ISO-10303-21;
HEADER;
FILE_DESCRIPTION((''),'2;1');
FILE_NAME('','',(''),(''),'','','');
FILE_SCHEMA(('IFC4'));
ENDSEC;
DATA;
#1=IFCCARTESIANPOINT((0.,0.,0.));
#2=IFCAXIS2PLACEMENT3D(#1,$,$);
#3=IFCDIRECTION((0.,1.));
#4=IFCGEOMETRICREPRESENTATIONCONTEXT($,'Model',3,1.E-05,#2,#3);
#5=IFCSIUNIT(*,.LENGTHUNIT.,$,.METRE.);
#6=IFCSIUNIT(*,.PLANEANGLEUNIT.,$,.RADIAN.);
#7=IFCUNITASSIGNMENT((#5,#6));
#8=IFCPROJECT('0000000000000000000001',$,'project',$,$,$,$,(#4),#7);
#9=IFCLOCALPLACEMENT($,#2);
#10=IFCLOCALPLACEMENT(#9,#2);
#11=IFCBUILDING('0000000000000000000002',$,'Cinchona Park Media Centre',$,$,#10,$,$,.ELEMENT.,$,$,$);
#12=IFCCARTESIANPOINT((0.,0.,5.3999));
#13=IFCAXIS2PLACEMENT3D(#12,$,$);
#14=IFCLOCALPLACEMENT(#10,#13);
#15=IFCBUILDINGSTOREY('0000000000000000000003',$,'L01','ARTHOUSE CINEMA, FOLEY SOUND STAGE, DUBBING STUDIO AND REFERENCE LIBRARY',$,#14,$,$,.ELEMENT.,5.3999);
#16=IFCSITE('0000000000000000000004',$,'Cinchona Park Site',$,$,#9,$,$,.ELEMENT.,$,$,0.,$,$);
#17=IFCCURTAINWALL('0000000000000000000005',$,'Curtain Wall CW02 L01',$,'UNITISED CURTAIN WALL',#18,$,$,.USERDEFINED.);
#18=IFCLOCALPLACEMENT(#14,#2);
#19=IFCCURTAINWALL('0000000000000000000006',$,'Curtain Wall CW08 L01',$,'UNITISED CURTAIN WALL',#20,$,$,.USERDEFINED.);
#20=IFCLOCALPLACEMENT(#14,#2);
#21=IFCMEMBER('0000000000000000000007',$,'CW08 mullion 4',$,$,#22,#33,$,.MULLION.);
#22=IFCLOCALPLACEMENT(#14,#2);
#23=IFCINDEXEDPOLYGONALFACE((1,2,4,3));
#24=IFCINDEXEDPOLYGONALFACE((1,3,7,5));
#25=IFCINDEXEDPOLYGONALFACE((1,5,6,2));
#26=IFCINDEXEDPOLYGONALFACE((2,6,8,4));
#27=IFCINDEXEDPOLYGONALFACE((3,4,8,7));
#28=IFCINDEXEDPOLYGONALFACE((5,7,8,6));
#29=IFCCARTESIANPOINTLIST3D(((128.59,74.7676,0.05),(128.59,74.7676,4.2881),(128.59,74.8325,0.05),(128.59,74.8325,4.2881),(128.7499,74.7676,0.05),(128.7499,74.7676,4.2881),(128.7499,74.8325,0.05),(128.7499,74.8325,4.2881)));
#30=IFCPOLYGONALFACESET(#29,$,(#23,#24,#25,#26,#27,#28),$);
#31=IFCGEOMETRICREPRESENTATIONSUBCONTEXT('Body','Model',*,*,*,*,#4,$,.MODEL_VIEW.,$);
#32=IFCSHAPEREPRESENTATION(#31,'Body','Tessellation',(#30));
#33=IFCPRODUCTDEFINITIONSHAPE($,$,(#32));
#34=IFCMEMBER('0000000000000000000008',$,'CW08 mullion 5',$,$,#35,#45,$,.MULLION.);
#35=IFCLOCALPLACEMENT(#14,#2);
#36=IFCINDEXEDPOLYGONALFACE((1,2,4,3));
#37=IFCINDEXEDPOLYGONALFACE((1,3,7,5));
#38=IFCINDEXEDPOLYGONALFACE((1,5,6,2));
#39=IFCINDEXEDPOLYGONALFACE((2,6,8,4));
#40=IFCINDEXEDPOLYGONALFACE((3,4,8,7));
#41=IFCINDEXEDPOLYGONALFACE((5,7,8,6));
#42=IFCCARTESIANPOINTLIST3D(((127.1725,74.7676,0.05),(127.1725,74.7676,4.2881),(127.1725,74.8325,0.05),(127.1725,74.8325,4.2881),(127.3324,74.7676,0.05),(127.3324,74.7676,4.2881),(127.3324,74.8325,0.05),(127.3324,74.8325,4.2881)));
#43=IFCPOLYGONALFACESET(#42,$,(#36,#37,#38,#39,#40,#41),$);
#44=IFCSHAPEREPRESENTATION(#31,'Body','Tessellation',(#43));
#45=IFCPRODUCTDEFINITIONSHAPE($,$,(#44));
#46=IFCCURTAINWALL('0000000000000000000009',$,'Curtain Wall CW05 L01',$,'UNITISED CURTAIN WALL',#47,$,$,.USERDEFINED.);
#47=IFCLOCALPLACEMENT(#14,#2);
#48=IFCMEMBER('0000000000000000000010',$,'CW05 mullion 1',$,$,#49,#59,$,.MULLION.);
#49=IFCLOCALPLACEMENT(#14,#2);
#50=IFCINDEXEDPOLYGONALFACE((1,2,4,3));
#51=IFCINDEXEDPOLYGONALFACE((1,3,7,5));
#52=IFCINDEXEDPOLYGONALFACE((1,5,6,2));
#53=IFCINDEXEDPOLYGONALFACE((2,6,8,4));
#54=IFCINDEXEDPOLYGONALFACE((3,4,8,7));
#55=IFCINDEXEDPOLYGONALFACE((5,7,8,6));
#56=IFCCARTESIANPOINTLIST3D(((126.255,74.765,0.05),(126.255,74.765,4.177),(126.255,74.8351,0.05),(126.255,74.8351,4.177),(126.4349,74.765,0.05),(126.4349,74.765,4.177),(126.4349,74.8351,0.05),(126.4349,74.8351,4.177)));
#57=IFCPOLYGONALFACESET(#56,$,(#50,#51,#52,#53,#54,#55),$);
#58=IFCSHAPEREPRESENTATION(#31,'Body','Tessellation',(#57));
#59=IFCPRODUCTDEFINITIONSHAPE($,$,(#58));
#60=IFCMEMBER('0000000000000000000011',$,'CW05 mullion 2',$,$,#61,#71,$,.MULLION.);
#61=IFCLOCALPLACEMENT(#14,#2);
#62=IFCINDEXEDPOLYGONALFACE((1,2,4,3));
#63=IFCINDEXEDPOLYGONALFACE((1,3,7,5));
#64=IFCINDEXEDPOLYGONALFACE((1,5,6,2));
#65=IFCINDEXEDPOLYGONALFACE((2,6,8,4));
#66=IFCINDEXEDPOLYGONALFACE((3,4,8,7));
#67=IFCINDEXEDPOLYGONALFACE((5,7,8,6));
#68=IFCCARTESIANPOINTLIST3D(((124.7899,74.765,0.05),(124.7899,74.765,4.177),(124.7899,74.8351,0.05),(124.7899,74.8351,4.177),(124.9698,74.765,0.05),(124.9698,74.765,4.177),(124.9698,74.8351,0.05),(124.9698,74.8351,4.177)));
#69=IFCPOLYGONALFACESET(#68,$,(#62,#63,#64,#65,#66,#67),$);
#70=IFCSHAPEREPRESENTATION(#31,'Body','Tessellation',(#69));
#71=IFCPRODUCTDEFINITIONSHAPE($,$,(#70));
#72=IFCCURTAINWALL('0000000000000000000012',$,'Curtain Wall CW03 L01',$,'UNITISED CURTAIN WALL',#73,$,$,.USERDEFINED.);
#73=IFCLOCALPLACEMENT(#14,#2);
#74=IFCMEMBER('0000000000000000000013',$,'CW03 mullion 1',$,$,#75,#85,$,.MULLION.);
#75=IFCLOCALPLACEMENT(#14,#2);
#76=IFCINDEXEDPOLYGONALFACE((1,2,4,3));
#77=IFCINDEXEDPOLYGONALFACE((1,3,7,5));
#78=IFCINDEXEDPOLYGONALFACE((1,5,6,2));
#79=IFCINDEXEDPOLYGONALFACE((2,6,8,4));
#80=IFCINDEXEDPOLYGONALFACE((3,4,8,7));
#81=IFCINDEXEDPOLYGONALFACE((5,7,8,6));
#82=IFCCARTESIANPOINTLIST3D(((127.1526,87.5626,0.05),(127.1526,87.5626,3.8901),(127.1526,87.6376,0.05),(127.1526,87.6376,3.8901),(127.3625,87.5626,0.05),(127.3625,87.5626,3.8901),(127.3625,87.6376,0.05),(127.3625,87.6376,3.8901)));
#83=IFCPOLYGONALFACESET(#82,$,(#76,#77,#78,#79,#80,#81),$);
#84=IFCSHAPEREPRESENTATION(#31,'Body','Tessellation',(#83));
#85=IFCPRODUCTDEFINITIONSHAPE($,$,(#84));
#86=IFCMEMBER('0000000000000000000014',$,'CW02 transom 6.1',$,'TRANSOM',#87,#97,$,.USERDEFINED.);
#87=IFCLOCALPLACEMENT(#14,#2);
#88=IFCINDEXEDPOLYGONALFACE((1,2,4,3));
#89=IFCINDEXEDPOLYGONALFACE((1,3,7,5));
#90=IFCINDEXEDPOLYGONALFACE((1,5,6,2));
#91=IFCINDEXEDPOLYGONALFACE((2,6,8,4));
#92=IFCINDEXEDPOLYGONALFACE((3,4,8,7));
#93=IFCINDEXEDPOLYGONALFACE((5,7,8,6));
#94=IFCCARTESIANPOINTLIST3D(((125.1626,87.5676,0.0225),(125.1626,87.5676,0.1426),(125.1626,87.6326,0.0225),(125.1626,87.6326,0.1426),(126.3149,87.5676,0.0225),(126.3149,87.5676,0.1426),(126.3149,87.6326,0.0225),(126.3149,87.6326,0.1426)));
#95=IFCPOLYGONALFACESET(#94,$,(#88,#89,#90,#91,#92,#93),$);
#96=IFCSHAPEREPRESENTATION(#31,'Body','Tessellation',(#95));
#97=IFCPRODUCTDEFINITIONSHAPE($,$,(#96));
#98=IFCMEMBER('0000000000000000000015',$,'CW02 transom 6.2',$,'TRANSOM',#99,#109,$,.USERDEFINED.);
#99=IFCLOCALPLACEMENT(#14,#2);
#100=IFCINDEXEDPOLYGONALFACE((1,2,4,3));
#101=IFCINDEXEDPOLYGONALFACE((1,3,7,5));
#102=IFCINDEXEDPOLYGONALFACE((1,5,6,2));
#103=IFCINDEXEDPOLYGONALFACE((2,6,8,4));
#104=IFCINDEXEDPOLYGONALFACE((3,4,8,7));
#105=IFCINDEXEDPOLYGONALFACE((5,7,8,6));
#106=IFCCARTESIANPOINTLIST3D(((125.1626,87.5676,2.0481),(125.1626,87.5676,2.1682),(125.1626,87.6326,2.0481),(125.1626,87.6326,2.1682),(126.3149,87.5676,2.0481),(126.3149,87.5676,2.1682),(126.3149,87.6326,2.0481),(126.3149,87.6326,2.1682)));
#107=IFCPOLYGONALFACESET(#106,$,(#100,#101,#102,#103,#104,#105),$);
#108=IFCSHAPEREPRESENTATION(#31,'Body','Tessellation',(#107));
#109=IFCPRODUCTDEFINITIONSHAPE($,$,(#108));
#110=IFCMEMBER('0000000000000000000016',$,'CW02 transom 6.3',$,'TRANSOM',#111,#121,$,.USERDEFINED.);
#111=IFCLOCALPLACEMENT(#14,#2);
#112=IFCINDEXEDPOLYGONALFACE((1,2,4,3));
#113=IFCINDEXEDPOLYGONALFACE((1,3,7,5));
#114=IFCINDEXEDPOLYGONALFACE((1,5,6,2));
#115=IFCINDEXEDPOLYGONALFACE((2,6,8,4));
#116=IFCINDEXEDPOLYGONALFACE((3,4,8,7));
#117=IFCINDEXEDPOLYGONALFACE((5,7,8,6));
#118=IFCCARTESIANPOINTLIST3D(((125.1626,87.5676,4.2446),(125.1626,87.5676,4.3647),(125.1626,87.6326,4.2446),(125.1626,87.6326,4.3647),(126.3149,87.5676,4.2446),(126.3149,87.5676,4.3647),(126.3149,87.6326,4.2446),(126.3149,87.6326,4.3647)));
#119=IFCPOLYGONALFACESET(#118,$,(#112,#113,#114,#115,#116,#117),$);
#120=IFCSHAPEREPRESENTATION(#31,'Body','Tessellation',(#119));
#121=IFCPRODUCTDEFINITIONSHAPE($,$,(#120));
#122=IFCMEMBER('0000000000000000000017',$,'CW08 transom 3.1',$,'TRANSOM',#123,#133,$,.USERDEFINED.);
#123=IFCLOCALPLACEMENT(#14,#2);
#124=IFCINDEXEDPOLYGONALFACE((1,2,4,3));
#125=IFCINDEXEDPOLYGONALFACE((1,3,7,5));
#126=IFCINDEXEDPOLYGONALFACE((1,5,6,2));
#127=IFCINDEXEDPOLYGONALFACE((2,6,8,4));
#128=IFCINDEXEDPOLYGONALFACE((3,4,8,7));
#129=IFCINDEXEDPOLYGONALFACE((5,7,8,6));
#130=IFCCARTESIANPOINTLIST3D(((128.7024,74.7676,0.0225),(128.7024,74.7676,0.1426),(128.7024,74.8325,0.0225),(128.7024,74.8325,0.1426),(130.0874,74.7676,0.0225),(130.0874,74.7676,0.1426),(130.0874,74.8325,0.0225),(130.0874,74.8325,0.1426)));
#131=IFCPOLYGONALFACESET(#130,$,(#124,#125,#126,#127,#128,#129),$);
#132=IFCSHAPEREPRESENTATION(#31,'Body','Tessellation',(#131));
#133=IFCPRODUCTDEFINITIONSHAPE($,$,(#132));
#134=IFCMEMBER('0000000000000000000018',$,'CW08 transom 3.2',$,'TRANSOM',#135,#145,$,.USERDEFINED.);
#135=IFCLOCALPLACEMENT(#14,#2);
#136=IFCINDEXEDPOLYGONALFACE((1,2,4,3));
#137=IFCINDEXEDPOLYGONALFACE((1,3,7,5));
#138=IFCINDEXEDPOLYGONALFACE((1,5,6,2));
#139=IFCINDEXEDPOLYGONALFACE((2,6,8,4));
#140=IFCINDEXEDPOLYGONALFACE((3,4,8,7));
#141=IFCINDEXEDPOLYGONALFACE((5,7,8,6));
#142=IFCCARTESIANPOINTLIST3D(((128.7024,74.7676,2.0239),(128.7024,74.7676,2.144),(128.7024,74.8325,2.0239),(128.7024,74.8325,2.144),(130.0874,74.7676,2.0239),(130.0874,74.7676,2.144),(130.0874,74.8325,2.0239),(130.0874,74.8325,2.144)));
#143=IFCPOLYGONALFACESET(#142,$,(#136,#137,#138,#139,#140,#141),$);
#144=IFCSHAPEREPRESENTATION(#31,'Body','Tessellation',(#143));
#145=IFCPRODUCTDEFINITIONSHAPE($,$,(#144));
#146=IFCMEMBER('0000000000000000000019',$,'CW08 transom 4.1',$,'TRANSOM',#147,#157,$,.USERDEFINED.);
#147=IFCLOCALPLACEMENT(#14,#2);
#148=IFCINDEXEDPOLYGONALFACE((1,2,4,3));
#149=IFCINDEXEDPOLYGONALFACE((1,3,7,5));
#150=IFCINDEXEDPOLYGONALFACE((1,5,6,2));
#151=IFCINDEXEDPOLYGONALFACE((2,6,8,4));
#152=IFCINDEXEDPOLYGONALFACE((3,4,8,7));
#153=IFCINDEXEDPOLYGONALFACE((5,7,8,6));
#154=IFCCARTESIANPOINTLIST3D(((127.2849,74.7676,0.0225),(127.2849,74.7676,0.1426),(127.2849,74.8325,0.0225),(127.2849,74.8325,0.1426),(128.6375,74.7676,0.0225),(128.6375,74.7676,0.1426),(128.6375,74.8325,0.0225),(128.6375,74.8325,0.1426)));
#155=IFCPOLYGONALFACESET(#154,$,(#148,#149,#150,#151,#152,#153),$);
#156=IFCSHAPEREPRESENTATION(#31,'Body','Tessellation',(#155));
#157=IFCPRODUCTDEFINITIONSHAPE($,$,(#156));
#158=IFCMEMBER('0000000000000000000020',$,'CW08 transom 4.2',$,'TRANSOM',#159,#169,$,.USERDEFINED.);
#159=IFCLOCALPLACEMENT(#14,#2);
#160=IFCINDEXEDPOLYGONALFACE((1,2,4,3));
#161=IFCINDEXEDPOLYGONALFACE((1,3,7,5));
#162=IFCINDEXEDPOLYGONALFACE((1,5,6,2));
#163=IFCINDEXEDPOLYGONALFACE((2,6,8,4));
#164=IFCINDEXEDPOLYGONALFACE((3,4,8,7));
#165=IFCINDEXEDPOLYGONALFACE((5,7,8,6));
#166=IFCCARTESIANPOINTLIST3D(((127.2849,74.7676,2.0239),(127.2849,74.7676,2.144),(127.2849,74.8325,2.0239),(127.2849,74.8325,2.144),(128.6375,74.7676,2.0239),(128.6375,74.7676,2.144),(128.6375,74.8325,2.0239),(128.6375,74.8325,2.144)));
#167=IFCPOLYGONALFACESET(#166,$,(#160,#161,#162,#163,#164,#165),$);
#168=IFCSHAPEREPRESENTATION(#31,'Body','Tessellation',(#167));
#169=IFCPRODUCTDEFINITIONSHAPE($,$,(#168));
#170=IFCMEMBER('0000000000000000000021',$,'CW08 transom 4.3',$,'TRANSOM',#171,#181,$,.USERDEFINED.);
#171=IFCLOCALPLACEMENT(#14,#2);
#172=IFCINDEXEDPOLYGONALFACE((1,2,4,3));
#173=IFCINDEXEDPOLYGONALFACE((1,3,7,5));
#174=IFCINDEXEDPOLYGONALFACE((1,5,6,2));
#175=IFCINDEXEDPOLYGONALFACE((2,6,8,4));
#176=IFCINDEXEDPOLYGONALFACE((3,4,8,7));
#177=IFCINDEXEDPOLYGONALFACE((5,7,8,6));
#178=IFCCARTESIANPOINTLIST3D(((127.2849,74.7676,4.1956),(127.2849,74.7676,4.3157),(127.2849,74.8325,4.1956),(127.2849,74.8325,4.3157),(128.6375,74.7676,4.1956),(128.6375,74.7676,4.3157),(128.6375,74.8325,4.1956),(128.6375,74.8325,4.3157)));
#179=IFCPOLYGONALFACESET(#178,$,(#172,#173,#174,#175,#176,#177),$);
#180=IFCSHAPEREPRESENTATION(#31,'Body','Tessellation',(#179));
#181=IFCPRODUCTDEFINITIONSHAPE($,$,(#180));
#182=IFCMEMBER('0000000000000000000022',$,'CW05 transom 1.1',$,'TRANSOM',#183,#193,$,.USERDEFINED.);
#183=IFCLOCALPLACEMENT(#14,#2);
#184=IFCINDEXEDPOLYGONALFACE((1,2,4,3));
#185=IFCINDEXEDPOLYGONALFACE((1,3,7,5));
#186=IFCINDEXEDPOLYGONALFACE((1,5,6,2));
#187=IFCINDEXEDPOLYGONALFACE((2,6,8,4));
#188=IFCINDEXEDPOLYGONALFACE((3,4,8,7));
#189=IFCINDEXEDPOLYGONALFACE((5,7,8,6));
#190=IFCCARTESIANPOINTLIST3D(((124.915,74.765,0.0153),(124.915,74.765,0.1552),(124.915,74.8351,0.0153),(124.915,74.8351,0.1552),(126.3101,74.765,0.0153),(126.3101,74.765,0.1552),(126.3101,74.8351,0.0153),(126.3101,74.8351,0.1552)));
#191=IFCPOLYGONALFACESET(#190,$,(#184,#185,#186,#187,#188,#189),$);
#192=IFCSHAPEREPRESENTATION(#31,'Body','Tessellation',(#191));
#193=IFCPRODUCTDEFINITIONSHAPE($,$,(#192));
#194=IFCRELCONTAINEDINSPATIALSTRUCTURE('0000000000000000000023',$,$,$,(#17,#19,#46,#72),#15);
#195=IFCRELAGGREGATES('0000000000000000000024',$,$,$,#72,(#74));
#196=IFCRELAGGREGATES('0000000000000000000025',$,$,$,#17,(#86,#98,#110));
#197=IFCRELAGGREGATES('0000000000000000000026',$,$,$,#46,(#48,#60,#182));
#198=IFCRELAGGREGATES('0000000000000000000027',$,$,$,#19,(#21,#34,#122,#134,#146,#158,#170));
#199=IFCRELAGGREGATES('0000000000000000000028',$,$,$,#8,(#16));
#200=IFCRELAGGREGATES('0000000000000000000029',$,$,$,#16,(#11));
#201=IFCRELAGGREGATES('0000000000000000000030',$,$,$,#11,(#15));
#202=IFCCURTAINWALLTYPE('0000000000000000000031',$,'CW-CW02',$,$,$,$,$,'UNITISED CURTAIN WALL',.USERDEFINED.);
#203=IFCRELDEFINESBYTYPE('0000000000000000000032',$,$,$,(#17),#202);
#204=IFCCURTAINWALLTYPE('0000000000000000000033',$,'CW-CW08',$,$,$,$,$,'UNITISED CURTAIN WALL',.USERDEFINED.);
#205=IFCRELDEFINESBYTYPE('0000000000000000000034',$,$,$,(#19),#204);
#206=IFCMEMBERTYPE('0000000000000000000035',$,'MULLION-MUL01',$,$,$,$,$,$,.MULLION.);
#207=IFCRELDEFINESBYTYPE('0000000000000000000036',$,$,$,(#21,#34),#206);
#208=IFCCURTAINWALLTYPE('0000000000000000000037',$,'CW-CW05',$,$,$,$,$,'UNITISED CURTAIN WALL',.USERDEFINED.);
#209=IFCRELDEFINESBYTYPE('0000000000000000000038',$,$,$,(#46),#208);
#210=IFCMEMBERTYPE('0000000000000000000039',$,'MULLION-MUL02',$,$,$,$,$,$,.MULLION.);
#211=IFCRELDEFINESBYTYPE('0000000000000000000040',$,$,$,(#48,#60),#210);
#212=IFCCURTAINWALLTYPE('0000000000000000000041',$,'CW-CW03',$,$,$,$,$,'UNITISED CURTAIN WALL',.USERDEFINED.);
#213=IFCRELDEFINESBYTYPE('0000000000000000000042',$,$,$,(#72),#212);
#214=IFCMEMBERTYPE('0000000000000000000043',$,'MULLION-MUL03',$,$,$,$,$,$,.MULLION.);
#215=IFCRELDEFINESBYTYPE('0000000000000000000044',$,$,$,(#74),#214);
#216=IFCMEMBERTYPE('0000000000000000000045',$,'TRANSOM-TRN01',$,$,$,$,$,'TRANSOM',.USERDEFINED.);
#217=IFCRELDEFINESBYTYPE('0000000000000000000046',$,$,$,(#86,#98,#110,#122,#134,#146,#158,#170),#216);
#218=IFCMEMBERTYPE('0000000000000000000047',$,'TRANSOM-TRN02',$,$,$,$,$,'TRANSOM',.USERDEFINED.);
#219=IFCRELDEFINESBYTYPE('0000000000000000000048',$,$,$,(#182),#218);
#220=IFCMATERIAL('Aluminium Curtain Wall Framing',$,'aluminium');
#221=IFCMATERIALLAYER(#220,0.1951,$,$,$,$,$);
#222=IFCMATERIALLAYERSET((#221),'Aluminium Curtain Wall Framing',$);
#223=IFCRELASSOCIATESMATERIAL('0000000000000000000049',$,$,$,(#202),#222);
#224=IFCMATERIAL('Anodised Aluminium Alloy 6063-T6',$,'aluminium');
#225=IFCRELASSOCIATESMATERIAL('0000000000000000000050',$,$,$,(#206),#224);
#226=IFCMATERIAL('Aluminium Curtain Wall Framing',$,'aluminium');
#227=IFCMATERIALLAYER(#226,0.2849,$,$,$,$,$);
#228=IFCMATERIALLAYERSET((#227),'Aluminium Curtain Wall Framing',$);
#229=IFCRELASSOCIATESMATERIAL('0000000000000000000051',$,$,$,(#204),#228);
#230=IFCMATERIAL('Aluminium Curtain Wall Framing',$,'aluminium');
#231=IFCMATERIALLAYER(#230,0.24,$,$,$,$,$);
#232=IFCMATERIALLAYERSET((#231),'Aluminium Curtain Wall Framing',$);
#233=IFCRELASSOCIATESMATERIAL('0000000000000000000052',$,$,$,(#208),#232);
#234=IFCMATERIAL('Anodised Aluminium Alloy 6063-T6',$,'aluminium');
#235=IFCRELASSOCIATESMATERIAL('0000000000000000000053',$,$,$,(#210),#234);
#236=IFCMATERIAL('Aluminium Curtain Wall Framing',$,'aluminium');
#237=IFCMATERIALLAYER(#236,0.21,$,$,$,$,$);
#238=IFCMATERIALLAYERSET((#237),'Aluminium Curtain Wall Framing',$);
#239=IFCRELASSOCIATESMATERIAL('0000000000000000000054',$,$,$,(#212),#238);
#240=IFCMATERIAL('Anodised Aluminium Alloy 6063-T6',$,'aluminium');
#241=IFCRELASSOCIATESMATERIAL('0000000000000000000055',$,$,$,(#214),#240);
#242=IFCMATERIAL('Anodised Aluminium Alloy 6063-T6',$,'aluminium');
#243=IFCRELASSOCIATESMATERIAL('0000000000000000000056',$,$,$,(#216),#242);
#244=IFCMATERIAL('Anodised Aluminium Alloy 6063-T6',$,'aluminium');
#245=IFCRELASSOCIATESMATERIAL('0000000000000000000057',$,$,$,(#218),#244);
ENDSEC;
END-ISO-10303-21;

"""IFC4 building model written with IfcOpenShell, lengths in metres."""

from ifc_helpers import new_model, si_unit, direction, frame, origin, origin_2d, place, context, subcontext, project, spatial, rectangle, extrude, material, layer, layer_set, material_profile, profile_set, type_object, element, aggregate, save


model = new_model("IFC4")

# Units and contexts
model_context = context("Model", 3, precision=1e-05, world=origin(), true_north=direction((0.0, 1.0)))
body_context = subcontext(model_context, "Body", "Model", "MODEL_VIEW")
ifc_project = project(units=[si_unit("LENGTHUNIT", "METRE"), si_unit("PLANEANGLEUNIT", "RADIAN")], contexts=[model_context])

# Site, building, storey
site_placement = place(None, origin())
site = spatial("IfcSite", under=ifc_project, at=site_placement, Name="Cinchona Park Site", CompositionType="ELEMENT", RefElevation=0.0)
building_placement = place(site_placement, origin())
building = spatial("IfcBuilding", under=site, at=building_placement, Name="Cinchona Park Media Centre", CompositionType="ELEMENT")
storey_placement = place(building_placement, frame((0.0, 0.0, 5.3999)))
storey = spatial("IfcBuildingStorey", under=building, at=storey_placement, Name="L01", Description="ARTHOUSE CINEMA, FOLEY SOUND STAGE, DUBBING STUDIO AND REFERENCE LIBRARY", CompositionType="ELEMENT", Elevation=5.3999)

# Curtain walls, members
ifc_material_1 = material(Name="Aluminium Curtain Wall Framing", Category="aluminium")
ifc_layer_1 = layer(ifc_material_1, 0.1951)
ifc_layer_set_1 = layer_set([ifc_layer_1], Name="Aluminium Curtain Wall Framing")
curtain_wall_type_1 = type_object("IfcCurtainWallType", Name="CW-CW02", ElementType="UNITISED CURTAIN WALL", PredefinedType="USERDEFINED", material=ifc_layer_set_1)
curtain_wall_1_placement = place(storey_placement, origin())
curtain_wall_1 = element("IfcCurtainWall", 1, at=curtain_wall_1_placement, inside=storey, type_object=curtain_wall_type_1, Name="Curtain Wall CW02 L01", ObjectType="UNITISED CURTAIN WALL", PredefinedType="USERDEFINED")
ifc_material_2 = material(Name="Anodised Aluminium Alloy 6063-T6", Category="aluminium")
ifc_material_profile_1 = material_profile(ifc_material_2, rectangle(XDim=0.0649, YDim=0.1599, at=origin_2d()), Name="MUL-65X160")
ifc_profile_set_1 = profile_set([ifc_material_profile_1], Name="Anodised Aluminium Alloy 6063-T6")
member_type_1 = type_object("IfcMemberType", Name="MULLION-MUL01", PredefinedType="MULLION", material=ifc_profile_set_1)
ifc_material_3 = material(Name="Aluminium Curtain Wall Framing", Category="aluminium")
ifc_layer_2 = layer(ifc_material_3, 0.2849)
ifc_layer_set_2 = layer_set([ifc_layer_2], Name="Aluminium Curtain Wall Framing")
curtain_wall_type_2 = type_object("IfcCurtainWallType", Name="CW-CW08", ElementType="UNITISED CURTAIN WALL", PredefinedType="USERDEFINED", material=ifc_layer_set_2)
curtain_wall_2_placement = place(storey_placement, origin())
curtain_wall_2 = element("IfcCurtainWall", 2, at=curtain_wall_2_placement, inside=storey, type_object=curtain_wall_type_2, Name="Curtain Wall CW08 L01", ObjectType="UNITISED CURTAIN WALL", PredefinedType="USERDEFINED")
member_1_placement = place(storey_placement, frame((128.6699, 74.8, 0.05), z_axis=(0.0, 0.0, 1.0), x_axis=(0.0, -1.0, 0.0)))
member_1 = element("IfcMember", 3, at=member_1_placement, type_object=member_type_1, Name="CW08 mullion 4", PredefinedType="MULLION", context=body_context, shape_type="SweptSolid", body=[
    extrude(rectangle(XDim=0.0649, YDim=0.1599, at=origin_2d()), origin(), (0.0, 0.0, 1.0), 4.238),
])
member_2_placement = place(storey_placement, frame((127.2524, 74.8, 0.05), z_axis=(0.0, 0.0, 1.0), x_axis=(0.0, -1.0, 0.0)))
member_2 = element("IfcMember", 4, at=member_2_placement, type_object=member_type_1, Name="CW08 mullion 5", PredefinedType="MULLION", context=body_context, shape_type="SweptSolid", body=[
    extrude(rectangle(XDim=0.0649, YDim=0.1599, at=origin_2d()), origin(), (0.0, 0.0, 1.0), 4.238),
])
ifc_material_4 = material(Name="Aluminium Curtain Wall Framing", Category="aluminium")
ifc_layer_3 = layer(ifc_material_4, 0.24)
ifc_layer_set_3 = layer_set([ifc_layer_3], Name="Aluminium Curtain Wall Framing")
curtain_wall_type_3 = type_object("IfcCurtainWallType", Name="CW-CW05", ElementType="UNITISED CURTAIN WALL", PredefinedType="USERDEFINED", material=ifc_layer_set_3)
curtain_wall_3_placement = place(storey_placement, origin())
curtain_wall_3 = element("IfcCurtainWall", 5, at=curtain_wall_3_placement, inside=storey, type_object=curtain_wall_type_3, Name="Curtain Wall CW05 L01", ObjectType="UNITISED CURTAIN WALL", PredefinedType="USERDEFINED")
ifc_material_5 = material(Name="Anodised Aluminium Alloy 6063-T6", Category="aluminium")
ifc_material_profile_2 = material_profile(ifc_material_5, rectangle(XDim=0.0701, YDim=0.1799, at=origin_2d()), Name="MUL-70X180")
ifc_profile_set_2 = profile_set([ifc_material_profile_2], Name="Anodised Aluminium Alloy 6063-T6")
member_type_2 = type_object("IfcMemberType", Name="MULLION-MUL02", PredefinedType="MULLION", material=ifc_profile_set_2)
member_3_placement = place(storey_placement, frame((126.345, 74.8, 0.05), z_axis=(0.0, 0.0, 1.0), x_axis=(0.0, -1.0, 0.0)))
member_3 = element("IfcMember", 6, at=member_3_placement, type_object=member_type_2, Name="CW05 mullion 1", PredefinedType="MULLION", context=body_context, shape_type="SweptSolid", body=[
    extrude(rectangle(XDim=0.0701, YDim=0.1799, at=origin_2d()), origin(), (0.0, 0.0, 1.0), 4.127),
])
member_4_placement = place(storey_placement, frame((124.8799, 74.8, 0.05), z_axis=(0.0, 0.0, 1.0), x_axis=(0.0, -1.0, 0.0)))
member_4 = element("IfcMember", 7, at=member_4_placement, type_object=member_type_2, Name="CW05 mullion 2", PredefinedType="MULLION", context=body_context, shape_type="SweptSolid", body=[
    extrude(rectangle(XDim=0.0701, YDim=0.1799, at=origin_2d()), origin(), (0.0, 0.0, 1.0), 4.127),
])

# Curtain wall, member
ifc_material_6 = material(Name="Aluminium Curtain Wall Framing", Category="aluminium")
ifc_layer_4 = layer(ifc_material_6, 0.21)
ifc_layer_set_4 = layer_set([ifc_layer_4], Name="Aluminium Curtain Wall Framing")
curtain_wall_type_4 = type_object("IfcCurtainWallType", Name="CW-CW03", ElementType="UNITISED CURTAIN WALL", PredefinedType="USERDEFINED", material=ifc_layer_set_4)
curtain_wall_4_placement = place(storey_placement, origin())
curtain_wall_4 = element("IfcCurtainWall", 8, at=curtain_wall_4_placement, inside=storey, type_object=curtain_wall_type_4, Name="Curtain Wall CW03 L01", ObjectType="UNITISED CURTAIN WALL", PredefinedType="USERDEFINED")
ifc_material_7 = material(Name="Anodised Aluminium Alloy 6063-T6", Category="aluminium")
ifc_material_profile_3 = material_profile(ifc_material_7, rectangle(XDim=0.075, YDim=0.21, at=origin_2d()), Name="MUL-75X210")
ifc_profile_set_3 = profile_set([ifc_material_profile_3], Name="Anodised Aluminium Alloy 6063-T6")
member_type_3 = type_object("IfcMemberType", Name="MULLION-MUL03", PredefinedType="MULLION", material=ifc_profile_set_3)
member_5_placement = place(storey_placement, frame((127.2576, 87.6001, 0.05), z_axis=(0.0, 0.0, 1.0), x_axis=(0.0, 1.0, 0.0)))
member_5 = element("IfcMember", 9, at=member_5_placement, type_object=member_type_3, Name="CW03 mullion 1", PredefinedType="MULLION", context=body_context, shape_type="SweptSolid", body=[
    extrude(rectangle(XDim=0.075, YDim=0.21, at=origin_2d()), origin(), (0.0, 0.0, 1.0), 3.8401),
])
aggregate(curtain_wall_4, [member_5])

# Members
ifc_material_8 = material(Name="Anodised Aluminium Alloy 6063-T6", Category="aluminium")
ifc_material_profile_4 = material_profile(ifc_material_8, rectangle(XDim=0.0649, YDim=0.1201, at=origin_2d()), Name="TRN-65X120")
ifc_profile_set_4 = profile_set([ifc_material_profile_4], Name="Anodised Aluminium Alloy 6063-T6")
member_type_4 = type_object("IfcMemberType", Name="TRANSOM-TRN01", ElementType="TRANSOM", PredefinedType="USERDEFINED", material=ifc_profile_set_4)
member_6_placement = place(storey_placement, frame((125.1626, 87.6001, 0.0825), z_axis=(1.0, 0.0, 0.0), x_axis=(0.0, 1.0, 0.0)))
member_6 = element("IfcMember", 10, at=member_6_placement, type_object=member_type_4, Name="CW02 transom 6.1", ObjectType="TRANSOM", PredefinedType="USERDEFINED", context=body_context, shape_type="SweptSolid", body=[
    extrude(rectangle(XDim=0.0649, YDim=0.1201, at=origin_2d()), origin(), (0.0, 0.0, 1.0), 1.1523),
])
member_7_placement = place(storey_placement, frame((125.1626, 87.6001, 2.1082), z_axis=(1.0, 0.0, 0.0), x_axis=(0.0, 1.0, 0.0)))
member_7 = element("IfcMember", 11, at=member_7_placement, type_object=member_type_4, Name="CW02 transom 6.2", ObjectType="TRANSOM", PredefinedType="USERDEFINED", context=body_context, shape_type="SweptSolid", body=[
    extrude(rectangle(XDim=0.0649, YDim=0.1201, at=origin_2d()), origin(), (0.0, 0.0, 1.0), 1.1523),
])
member_8_placement = place(storey_placement, frame((125.1626, 87.6001, 4.3047), z_axis=(1.0, 0.0, 0.0), x_axis=(0.0, 1.0, 0.0)))
member_8 = element("IfcMember", 12, at=member_8_placement, type_object=member_type_4, Name="CW02 transom 6.3", ObjectType="TRANSOM", PredefinedType="USERDEFINED", context=body_context, shape_type="SweptSolid", body=[
    extrude(rectangle(XDim=0.0649, YDim=0.1201, at=origin_2d()), origin(), (0.0, 0.0, 1.0), 1.1523),
])
member_9_placement = place(storey_placement, frame((130.0874, 74.8, 0.0825), z_axis=(-1.0, 0.0, 0.0), x_axis=(0.0, -1.0, 0.0)))
member_9 = element("IfcMember", 13, at=member_9_placement, type_object=member_type_4, Name="CW08 transom 3.1", ObjectType="TRANSOM", PredefinedType="USERDEFINED", context=body_context, shape_type="SweptSolid", body=[
    extrude(rectangle(XDim=0.0649, YDim=0.1201, at=origin_2d()), origin(), (0.0, 0.0, 1.0), 1.385),
])
member_10_placement = place(storey_placement, frame((130.0874, 74.8, 2.084), z_axis=(-1.0, 0.0, 0.0), x_axis=(0.0, -1.0, 0.0)))
member_10 = element("IfcMember", 14, at=member_10_placement, type_object=member_type_4, Name="CW08 transom 3.2", ObjectType="TRANSOM", PredefinedType="USERDEFINED", context=body_context, shape_type="SweptSolid", body=[
    extrude(rectangle(XDim=0.0649, YDim=0.1201, at=origin_2d()), origin(), (0.0, 0.0, 1.0), 1.385),
])
member_11_placement = place(storey_placement, frame((128.6375, 74.8, 0.0825), z_axis=(-1.0, 0.0, 0.0), x_axis=(0.0, -1.0, 0.0)))
member_11 = element("IfcMember", 15, at=member_11_placement, type_object=member_type_4, Name="CW08 transom 4.1", ObjectType="TRANSOM", PredefinedType="USERDEFINED", context=body_context, shape_type="SweptSolid", body=[
    extrude(rectangle(XDim=0.0649, YDim=0.1201, at=origin_2d()), origin(), (0.0, 0.0, 1.0), 1.3525),
])
member_12_placement = place(storey_placement, frame((128.6375, 74.8, 2.084), z_axis=(-1.0, 0.0, 0.0), x_axis=(0.0, -1.0, 0.0)))
member_12 = element("IfcMember", 16, at=member_12_placement, type_object=member_type_4, Name="CW08 transom 4.2", ObjectType="TRANSOM", PredefinedType="USERDEFINED", context=body_context, shape_type="SweptSolid", body=[
    extrude(rectangle(XDim=0.0649, YDim=0.1201, at=origin_2d()), origin(), (0.0, 0.0, 1.0), 1.3525),
])
member_13_placement = place(storey_placement, frame((128.6375, 74.8, 4.2556), z_axis=(-1.0, 0.0, 0.0), x_axis=(0.0, -1.0, 0.0)))
member_13 = element("IfcMember", 17, at=member_13_placement, type_object=member_type_4, Name="CW08 transom 4.3", ObjectType="TRANSOM", PredefinedType="USERDEFINED", context=body_context, shape_type="SweptSolid", body=[
    extrude(rectangle(XDim=0.0649, YDim=0.1201, at=origin_2d()), origin(), (0.0, 0.0, 1.0), 1.3525),
])
ifc_material_9 = material(Name="Anodised Aluminium Alloy 6063-T6", Category="aluminium")
ifc_material_profile_5 = material_profile(ifc_material_9, rectangle(XDim=0.0701, YDim=0.1399, at=origin_2d()), Name="TRN-70X140")
ifc_profile_set_5 = profile_set([ifc_material_profile_5], Name="Anodised Aluminium Alloy 6063-T6")
member_type_5 = type_object("IfcMemberType", Name="TRANSOM-TRN02", ElementType="TRANSOM", PredefinedType="USERDEFINED", material=ifc_profile_set_5)
member_14_placement = place(storey_placement, frame((126.3101, 74.8, 0.0852), z_axis=(-1.0, 0.0, 0.0), x_axis=(0.0, -1.0, 0.0)))
member_14 = element("IfcMember", 18, at=member_14_placement, type_object=member_type_5, Name="CW05 transom 1.1", ObjectType="TRANSOM", PredefinedType="USERDEFINED", context=body_context, shape_type="SweptSolid", body=[
    extrude(rectangle(XDim=0.0701, YDim=0.1399, at=origin_2d()), origin(), (0.0, 0.0, 1.0), 1.395),
])

aggregate(curtain_wall_1, [member_6, member_7, member_8])
aggregate(curtain_wall_3, [member_3, member_4, member_14])
aggregate(curtain_wall_2, [member_1, member_2, member_9, member_10, member_11, member_12, member_13])

save(model, "model.ifc")
